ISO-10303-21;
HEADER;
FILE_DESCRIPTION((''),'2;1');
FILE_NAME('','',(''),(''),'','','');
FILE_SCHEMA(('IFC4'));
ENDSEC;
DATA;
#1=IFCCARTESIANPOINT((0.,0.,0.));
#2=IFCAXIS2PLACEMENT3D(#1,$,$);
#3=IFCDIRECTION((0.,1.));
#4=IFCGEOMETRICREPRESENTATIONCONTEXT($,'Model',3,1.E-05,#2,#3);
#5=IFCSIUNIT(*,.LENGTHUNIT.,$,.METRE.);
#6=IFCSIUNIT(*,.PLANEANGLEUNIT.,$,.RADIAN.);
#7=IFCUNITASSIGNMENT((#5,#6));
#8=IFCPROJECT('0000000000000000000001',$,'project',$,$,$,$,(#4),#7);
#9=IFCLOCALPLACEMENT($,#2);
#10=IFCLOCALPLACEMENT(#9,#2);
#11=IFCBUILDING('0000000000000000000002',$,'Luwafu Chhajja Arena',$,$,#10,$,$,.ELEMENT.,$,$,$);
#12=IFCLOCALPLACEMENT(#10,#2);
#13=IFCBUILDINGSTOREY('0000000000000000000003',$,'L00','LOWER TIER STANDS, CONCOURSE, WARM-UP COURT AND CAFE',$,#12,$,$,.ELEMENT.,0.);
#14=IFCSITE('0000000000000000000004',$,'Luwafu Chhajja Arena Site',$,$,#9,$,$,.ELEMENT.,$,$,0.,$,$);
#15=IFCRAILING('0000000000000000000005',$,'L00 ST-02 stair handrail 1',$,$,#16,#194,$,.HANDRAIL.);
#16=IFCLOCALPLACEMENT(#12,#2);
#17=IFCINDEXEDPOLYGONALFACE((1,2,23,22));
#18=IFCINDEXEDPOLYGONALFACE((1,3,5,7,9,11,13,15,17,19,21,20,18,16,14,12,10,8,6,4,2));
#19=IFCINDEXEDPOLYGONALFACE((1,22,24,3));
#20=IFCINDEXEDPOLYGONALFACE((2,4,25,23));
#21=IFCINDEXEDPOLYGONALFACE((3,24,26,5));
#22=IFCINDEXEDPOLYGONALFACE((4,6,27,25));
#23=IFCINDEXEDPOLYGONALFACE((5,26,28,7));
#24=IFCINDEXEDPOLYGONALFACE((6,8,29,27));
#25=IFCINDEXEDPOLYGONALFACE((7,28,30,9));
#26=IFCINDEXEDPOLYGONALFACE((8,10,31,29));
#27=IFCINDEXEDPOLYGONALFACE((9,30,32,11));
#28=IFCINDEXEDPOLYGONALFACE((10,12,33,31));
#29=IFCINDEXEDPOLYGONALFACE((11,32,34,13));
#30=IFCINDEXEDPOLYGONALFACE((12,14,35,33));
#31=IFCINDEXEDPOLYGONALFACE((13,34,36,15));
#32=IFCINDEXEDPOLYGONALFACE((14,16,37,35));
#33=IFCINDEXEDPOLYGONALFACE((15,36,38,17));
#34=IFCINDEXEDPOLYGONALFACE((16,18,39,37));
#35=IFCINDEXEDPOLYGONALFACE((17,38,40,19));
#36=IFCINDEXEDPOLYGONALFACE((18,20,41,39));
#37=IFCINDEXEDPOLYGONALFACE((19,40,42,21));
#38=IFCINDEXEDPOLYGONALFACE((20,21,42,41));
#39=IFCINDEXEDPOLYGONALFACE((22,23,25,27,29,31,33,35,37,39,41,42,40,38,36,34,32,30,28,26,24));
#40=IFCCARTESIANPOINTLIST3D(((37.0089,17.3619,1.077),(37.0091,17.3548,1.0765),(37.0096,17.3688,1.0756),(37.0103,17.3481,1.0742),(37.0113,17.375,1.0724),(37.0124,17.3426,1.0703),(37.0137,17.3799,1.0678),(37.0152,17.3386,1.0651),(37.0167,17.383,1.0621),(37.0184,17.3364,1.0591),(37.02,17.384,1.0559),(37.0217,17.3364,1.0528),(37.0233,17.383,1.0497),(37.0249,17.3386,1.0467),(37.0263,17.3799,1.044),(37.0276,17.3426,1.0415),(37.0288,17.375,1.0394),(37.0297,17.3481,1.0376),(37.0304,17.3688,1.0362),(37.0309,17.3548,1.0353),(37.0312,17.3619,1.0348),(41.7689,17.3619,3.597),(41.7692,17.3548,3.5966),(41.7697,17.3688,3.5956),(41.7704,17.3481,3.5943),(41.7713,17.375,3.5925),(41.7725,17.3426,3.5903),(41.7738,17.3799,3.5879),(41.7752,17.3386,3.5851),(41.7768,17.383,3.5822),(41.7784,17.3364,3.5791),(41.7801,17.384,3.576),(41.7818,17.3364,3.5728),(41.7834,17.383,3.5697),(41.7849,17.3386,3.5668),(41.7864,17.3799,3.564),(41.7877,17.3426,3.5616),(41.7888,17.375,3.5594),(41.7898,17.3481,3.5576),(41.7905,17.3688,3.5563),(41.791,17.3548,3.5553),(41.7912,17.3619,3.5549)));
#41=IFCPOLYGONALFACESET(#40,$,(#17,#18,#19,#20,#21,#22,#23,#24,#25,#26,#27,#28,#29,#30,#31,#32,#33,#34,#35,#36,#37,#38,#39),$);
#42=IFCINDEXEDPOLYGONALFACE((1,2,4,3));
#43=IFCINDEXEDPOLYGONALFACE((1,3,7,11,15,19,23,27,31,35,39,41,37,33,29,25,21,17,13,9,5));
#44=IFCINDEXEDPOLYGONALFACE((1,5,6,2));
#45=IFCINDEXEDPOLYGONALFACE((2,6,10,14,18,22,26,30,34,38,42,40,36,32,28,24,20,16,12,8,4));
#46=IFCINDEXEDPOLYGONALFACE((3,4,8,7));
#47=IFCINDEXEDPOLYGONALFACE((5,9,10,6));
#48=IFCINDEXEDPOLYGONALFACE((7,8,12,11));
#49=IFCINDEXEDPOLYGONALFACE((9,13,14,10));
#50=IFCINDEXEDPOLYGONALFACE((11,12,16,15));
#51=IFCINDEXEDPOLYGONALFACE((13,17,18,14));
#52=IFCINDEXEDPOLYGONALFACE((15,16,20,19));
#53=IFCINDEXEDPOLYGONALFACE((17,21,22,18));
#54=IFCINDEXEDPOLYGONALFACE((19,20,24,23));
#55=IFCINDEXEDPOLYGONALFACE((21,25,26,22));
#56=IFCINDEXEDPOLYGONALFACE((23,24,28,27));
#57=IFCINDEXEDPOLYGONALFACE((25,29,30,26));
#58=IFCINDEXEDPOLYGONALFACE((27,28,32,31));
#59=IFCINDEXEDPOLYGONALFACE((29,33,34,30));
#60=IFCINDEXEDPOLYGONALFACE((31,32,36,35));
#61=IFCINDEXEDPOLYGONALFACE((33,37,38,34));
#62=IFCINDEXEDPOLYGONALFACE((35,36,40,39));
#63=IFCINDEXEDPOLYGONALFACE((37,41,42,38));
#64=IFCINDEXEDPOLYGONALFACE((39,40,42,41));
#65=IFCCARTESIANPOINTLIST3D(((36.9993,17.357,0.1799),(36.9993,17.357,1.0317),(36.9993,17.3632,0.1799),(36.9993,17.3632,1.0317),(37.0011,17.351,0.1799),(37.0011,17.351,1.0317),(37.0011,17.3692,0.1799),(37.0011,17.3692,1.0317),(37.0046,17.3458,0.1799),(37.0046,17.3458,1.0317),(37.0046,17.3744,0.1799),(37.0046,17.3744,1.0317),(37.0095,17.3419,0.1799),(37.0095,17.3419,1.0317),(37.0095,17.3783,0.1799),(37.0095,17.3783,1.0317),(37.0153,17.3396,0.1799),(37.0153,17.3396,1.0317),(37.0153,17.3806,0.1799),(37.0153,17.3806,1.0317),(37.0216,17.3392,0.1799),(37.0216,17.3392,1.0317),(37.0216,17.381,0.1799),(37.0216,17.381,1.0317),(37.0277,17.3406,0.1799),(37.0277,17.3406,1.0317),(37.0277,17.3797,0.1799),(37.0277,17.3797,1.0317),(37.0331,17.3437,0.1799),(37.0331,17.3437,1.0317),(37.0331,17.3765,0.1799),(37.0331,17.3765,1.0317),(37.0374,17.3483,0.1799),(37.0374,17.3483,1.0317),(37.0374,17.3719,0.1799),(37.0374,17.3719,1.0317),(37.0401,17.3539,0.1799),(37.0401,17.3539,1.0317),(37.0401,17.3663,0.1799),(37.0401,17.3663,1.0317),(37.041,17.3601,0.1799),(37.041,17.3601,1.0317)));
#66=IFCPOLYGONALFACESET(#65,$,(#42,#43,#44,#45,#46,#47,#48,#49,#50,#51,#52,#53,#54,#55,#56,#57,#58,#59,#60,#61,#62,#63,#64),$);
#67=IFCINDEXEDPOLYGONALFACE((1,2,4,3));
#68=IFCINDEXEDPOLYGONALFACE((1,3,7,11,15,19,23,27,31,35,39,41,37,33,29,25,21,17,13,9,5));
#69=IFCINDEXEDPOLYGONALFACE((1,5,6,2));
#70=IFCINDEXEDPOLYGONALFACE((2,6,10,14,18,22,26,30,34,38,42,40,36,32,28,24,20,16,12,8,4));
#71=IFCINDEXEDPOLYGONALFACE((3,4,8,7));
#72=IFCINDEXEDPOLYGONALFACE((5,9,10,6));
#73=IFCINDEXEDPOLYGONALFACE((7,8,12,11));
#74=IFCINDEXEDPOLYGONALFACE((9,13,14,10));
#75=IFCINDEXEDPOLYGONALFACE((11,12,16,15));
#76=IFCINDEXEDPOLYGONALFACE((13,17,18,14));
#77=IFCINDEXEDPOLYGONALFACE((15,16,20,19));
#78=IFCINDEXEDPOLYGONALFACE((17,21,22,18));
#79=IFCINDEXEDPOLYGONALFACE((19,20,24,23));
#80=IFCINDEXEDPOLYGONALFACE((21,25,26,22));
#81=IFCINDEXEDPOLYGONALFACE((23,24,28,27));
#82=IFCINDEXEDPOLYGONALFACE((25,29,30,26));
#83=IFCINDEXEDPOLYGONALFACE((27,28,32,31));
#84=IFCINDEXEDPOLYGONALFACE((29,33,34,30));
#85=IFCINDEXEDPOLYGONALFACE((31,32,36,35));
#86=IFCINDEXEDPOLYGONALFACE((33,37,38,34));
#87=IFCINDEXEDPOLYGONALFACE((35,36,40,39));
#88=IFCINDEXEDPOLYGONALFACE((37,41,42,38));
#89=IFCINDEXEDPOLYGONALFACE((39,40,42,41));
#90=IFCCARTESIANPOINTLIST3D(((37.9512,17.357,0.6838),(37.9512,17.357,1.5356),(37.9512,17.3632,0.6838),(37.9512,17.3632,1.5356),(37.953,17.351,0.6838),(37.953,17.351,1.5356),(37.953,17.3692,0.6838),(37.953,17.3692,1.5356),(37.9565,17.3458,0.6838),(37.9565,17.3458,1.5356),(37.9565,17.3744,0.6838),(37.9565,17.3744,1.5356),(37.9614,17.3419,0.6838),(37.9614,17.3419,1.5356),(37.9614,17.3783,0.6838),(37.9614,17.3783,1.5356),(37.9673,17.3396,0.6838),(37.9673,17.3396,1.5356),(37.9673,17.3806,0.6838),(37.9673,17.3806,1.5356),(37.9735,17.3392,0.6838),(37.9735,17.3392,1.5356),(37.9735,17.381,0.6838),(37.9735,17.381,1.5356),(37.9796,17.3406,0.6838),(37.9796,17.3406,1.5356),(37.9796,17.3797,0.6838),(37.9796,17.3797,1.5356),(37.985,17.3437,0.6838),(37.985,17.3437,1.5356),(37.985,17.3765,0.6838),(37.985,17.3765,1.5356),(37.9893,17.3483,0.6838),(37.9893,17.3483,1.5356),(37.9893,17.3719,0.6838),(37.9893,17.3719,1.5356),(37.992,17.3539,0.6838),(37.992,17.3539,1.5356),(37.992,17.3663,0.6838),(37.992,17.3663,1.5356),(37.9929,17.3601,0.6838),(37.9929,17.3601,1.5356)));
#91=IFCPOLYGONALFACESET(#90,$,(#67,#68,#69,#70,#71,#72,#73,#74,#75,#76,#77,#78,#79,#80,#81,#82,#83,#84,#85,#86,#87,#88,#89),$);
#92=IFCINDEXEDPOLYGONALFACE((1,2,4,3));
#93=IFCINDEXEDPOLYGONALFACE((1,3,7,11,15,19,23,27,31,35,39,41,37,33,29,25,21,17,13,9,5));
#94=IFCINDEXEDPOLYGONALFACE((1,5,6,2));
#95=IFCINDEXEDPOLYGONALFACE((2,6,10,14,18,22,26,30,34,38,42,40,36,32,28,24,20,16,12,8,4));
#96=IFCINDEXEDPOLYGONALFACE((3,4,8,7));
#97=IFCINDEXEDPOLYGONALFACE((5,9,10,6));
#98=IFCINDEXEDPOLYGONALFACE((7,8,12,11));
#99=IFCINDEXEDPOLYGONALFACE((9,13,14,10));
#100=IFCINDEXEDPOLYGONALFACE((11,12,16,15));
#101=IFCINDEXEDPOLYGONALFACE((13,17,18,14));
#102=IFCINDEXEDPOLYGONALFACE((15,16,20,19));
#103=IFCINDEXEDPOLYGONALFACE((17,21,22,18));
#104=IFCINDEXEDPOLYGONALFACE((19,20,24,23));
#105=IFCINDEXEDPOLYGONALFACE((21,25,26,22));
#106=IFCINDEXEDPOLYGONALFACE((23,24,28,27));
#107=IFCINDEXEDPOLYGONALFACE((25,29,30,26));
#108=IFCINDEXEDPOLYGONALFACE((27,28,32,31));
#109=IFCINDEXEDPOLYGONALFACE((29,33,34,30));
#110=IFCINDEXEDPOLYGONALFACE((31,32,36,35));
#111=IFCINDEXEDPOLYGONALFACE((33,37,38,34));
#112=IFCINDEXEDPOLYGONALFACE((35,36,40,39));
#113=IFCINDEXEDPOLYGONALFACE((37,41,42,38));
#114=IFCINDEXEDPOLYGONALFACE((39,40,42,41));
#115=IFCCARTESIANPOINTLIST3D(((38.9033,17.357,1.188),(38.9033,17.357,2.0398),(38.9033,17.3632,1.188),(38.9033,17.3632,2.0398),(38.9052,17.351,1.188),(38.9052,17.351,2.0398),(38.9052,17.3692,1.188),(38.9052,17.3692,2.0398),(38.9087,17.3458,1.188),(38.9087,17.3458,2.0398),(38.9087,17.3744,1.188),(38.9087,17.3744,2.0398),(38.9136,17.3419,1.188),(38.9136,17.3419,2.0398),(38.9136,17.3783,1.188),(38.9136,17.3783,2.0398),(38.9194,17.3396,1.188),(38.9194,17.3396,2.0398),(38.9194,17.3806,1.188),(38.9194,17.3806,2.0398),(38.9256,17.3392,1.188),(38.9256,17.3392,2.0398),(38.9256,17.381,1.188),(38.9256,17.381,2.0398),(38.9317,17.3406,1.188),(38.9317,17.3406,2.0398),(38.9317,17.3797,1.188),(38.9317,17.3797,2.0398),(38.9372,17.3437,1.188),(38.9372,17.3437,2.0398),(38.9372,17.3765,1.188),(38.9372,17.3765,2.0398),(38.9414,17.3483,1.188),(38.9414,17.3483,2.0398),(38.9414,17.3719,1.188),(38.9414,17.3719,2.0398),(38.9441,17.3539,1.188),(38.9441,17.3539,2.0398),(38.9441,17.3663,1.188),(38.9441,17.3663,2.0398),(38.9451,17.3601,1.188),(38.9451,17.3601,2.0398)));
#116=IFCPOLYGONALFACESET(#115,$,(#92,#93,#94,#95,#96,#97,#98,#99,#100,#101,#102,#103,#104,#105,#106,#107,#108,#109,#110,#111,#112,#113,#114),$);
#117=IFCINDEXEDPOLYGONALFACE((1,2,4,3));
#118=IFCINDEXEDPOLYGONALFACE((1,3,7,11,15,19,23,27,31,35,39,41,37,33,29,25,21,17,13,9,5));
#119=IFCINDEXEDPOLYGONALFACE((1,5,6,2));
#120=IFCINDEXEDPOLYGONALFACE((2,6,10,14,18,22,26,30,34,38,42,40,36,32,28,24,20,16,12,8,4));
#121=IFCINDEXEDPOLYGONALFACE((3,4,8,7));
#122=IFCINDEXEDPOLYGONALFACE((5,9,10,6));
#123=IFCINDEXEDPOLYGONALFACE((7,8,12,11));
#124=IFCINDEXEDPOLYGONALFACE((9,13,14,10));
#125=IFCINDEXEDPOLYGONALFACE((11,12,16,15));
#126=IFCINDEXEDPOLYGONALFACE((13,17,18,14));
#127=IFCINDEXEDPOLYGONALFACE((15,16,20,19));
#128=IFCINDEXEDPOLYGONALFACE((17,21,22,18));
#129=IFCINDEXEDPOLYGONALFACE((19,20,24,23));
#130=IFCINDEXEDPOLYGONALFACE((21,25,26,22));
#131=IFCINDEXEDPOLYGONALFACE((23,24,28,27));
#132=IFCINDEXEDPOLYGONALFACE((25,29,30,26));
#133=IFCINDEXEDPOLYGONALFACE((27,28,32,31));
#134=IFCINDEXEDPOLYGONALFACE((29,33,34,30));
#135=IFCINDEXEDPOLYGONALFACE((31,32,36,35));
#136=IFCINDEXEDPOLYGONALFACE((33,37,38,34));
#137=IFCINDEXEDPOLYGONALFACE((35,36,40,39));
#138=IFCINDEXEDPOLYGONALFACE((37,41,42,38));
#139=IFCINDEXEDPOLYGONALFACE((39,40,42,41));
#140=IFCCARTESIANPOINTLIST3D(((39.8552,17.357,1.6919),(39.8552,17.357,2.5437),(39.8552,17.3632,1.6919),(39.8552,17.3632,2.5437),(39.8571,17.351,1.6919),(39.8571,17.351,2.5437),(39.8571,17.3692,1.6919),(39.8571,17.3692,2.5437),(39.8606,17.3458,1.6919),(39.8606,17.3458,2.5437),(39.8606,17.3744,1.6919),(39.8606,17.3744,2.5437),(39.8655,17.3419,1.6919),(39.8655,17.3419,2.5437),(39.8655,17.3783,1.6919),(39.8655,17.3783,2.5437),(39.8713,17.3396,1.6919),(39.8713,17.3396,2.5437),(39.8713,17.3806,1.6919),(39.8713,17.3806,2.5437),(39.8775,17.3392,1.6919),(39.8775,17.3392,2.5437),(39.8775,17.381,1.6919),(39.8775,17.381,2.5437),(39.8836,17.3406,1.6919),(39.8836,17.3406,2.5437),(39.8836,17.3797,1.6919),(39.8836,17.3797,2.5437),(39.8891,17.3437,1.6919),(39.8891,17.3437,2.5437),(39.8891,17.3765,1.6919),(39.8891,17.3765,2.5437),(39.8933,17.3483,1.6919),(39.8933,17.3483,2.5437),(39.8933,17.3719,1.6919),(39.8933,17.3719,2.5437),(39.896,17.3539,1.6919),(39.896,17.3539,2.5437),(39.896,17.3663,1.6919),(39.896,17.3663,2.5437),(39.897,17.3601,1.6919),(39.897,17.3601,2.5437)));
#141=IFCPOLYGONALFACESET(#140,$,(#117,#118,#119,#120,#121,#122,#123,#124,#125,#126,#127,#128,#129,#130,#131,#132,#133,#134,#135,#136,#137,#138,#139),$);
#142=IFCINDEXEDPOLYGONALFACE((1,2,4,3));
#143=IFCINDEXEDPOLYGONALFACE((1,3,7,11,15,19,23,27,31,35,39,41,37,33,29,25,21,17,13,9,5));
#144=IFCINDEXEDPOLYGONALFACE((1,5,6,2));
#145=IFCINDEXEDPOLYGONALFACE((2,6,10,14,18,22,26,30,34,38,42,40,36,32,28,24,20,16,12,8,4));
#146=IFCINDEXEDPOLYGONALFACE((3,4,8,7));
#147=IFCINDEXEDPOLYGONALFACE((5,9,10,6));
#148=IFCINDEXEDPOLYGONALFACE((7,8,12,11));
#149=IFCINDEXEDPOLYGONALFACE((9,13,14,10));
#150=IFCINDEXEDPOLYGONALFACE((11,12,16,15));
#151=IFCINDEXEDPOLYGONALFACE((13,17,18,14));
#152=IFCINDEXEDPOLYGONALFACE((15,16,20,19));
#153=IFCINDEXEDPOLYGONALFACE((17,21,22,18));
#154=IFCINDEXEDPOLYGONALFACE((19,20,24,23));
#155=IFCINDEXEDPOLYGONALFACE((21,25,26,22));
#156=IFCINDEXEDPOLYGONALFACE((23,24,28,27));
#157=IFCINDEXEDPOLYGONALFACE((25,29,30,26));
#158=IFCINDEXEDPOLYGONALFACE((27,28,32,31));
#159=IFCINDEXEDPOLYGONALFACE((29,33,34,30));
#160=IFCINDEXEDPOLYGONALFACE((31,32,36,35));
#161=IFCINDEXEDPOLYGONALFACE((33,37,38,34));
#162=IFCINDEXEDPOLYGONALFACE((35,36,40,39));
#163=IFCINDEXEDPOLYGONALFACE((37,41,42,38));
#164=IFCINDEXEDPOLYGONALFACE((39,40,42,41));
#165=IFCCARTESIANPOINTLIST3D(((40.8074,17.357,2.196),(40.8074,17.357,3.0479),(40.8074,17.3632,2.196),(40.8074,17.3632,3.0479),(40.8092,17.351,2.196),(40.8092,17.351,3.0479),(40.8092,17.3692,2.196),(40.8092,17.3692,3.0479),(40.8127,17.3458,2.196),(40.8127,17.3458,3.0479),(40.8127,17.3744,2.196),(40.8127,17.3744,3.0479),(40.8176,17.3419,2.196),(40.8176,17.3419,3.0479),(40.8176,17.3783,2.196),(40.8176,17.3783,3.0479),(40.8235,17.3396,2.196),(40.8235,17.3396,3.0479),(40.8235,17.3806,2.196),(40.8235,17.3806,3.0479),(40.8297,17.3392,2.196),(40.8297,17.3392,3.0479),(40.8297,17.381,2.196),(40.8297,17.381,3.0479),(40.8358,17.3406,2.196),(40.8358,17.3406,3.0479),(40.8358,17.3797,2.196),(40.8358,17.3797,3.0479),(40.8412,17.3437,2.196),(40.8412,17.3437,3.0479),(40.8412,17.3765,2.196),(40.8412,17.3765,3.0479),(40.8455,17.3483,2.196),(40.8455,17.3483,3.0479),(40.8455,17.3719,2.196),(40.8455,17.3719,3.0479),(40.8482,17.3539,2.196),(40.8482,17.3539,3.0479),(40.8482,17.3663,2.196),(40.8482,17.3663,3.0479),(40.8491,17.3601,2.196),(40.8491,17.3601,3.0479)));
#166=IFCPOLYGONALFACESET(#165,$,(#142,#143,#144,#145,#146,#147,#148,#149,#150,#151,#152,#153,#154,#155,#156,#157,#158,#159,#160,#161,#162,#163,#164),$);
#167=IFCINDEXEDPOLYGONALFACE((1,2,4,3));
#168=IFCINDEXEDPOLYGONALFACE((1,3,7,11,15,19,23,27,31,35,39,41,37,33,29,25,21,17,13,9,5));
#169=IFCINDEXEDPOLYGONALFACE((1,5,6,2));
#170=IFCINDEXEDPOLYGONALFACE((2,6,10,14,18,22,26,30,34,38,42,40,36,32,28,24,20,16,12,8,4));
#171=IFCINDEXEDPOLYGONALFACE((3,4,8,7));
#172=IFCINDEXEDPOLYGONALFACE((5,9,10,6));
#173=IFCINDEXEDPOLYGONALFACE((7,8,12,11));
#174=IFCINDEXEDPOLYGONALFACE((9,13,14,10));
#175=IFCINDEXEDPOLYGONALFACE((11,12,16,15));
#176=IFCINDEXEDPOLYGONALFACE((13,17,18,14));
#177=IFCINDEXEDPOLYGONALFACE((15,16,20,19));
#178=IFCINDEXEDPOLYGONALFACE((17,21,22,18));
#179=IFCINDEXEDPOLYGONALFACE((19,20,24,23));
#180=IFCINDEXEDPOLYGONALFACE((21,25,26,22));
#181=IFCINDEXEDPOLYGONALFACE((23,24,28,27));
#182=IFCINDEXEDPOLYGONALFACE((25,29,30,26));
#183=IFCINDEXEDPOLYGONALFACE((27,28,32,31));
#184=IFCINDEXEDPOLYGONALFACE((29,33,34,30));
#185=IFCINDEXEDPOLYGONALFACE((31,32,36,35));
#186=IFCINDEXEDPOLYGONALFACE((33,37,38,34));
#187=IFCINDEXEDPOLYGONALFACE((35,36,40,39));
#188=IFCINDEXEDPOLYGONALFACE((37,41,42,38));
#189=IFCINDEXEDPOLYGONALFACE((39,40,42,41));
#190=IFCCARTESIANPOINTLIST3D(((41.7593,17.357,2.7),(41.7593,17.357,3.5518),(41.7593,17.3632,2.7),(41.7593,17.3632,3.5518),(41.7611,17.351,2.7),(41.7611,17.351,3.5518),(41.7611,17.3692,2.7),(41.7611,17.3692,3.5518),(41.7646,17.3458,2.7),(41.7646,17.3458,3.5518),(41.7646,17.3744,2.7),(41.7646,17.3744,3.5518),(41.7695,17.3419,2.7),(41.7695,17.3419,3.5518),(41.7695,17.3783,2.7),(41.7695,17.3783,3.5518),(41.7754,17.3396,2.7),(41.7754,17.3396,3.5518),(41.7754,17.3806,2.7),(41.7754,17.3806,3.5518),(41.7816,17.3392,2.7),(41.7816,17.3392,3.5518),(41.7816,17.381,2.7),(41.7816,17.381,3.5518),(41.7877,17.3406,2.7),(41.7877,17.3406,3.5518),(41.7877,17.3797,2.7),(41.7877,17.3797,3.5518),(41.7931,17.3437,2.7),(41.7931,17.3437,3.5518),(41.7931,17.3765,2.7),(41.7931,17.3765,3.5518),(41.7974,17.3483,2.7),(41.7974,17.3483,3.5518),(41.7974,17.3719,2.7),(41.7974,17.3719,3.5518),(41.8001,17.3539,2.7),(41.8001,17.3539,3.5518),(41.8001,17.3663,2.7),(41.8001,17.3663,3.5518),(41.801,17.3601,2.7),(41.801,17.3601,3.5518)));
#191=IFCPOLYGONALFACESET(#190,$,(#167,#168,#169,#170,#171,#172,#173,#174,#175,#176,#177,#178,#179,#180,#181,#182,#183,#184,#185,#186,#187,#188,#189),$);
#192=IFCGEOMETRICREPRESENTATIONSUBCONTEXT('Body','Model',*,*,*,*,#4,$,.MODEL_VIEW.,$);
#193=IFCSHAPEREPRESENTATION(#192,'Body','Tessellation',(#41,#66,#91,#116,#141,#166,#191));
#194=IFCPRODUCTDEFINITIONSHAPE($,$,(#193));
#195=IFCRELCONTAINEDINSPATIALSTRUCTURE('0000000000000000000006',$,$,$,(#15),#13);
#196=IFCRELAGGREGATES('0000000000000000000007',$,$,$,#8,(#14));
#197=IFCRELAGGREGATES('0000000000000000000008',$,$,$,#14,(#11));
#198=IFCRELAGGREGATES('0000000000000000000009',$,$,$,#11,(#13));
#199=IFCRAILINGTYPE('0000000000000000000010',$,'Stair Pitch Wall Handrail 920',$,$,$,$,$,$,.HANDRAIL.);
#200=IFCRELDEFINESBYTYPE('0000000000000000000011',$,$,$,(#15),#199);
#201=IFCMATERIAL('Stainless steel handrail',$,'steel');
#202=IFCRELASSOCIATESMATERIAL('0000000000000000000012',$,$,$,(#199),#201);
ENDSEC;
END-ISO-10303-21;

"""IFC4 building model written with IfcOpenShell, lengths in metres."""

from ifc_helpers import new_model, si_unit, direction, frame, origin, origin_2d, place, context, subcontext, project, spatial, circle, extrude, material, type_object, element, save


model = new_model("IFC4")

# Units and contexts
model_context = context("Model", 3, precision=1e-05, world=origin(), true_north=direction((0.0, 1.0)))
body_context = subcontext(model_context, "Body", "Model", "MODEL_VIEW")
ifc_project = project(units=[si_unit("LENGTHUNIT", "METRE"), si_unit("PLANEANGLEUNIT", "RADIAN")], contexts=[model_context])

# Site, building, storey
site_placement = place(None, origin())
site = spatial("IfcSite", under=ifc_project, at=site_placement, Name="Luwafu Chhajja Arena Site", CompositionType="ELEMENT", RefElevation=0.0)
building_placement = place(site_placement, origin())
building = spatial("IfcBuilding", under=site, at=building_placement, Name="Luwafu Chhajja Arena", CompositionType="ELEMENT")
storey_placement = place(building_placement, origin())
storey = spatial("IfcBuildingStorey", under=building, at=storey_placement, Name="L00", Description="LOWER TIER STANDS, CONCOURSE, WARM-UP COURT AND CAFE", CompositionType="ELEMENT", Elevation=0.0)

# Railing
ifc_material_1 = material(Name="Stainless steel handrail", Category="steel")
railing_type_1 = type_object("IfcRailingType", Name="Stair Pitch Wall Handrail 920", PredefinedType="HANDRAIL", material=ifc_material_1)
railing_1_placement = place(storey_placement, frame((37.02, 17.3601, 0.1799)))
element("IfcRailing", 1, at=railing_1_placement, inside=storey, type_object=railing_type_1, Name="L00 ST-02 stair handrail 1", PredefinedType="HANDRAIL", context=body_context, shape_type="SweptSolid", body=[
    extrude(circle(Radius=0.0239, at=origin_2d()), frame((0.0, 0.0, 0.876), z_axis=(0.883787, 0.0, 0.46789), x_axis=(0.0, 1.0, 0.0)), (0.0, 0.0, 1.0), 5.386),
    extrude(circle(Radius=0.021, at=origin_2d()), origin(), (0.0, 0.0, 1.0), 0.8518),
    extrude(circle(Radius=0.021, at=origin_2d()), frame((0.9519, 0.0, 0.5039)), (0.0, 0.0, 1.0), 0.8518),
    extrude(circle(Radius=0.021, at=origin_2d()), frame((1.9041, 0.0, 1.0081)), (0.0, 0.0, 1.0), 0.8518),
    extrude(circle(Radius=0.021, at=origin_2d()), frame((2.856, 0.0, 1.512)), (0.0, 0.0, 1.0), 0.8518),
    extrude(circle(Radius=0.021, at=origin_2d()), frame((3.8081, 0.0, 2.0161)), (0.0, 0.0, 1.0), 0.8518),
    extrude(circle(Radius=0.021, at=origin_2d()), frame((4.76, 0.0, 2.52)), (0.0, 0.0, 1.0), 0.8518),
])

save(model, "model.ifc")
